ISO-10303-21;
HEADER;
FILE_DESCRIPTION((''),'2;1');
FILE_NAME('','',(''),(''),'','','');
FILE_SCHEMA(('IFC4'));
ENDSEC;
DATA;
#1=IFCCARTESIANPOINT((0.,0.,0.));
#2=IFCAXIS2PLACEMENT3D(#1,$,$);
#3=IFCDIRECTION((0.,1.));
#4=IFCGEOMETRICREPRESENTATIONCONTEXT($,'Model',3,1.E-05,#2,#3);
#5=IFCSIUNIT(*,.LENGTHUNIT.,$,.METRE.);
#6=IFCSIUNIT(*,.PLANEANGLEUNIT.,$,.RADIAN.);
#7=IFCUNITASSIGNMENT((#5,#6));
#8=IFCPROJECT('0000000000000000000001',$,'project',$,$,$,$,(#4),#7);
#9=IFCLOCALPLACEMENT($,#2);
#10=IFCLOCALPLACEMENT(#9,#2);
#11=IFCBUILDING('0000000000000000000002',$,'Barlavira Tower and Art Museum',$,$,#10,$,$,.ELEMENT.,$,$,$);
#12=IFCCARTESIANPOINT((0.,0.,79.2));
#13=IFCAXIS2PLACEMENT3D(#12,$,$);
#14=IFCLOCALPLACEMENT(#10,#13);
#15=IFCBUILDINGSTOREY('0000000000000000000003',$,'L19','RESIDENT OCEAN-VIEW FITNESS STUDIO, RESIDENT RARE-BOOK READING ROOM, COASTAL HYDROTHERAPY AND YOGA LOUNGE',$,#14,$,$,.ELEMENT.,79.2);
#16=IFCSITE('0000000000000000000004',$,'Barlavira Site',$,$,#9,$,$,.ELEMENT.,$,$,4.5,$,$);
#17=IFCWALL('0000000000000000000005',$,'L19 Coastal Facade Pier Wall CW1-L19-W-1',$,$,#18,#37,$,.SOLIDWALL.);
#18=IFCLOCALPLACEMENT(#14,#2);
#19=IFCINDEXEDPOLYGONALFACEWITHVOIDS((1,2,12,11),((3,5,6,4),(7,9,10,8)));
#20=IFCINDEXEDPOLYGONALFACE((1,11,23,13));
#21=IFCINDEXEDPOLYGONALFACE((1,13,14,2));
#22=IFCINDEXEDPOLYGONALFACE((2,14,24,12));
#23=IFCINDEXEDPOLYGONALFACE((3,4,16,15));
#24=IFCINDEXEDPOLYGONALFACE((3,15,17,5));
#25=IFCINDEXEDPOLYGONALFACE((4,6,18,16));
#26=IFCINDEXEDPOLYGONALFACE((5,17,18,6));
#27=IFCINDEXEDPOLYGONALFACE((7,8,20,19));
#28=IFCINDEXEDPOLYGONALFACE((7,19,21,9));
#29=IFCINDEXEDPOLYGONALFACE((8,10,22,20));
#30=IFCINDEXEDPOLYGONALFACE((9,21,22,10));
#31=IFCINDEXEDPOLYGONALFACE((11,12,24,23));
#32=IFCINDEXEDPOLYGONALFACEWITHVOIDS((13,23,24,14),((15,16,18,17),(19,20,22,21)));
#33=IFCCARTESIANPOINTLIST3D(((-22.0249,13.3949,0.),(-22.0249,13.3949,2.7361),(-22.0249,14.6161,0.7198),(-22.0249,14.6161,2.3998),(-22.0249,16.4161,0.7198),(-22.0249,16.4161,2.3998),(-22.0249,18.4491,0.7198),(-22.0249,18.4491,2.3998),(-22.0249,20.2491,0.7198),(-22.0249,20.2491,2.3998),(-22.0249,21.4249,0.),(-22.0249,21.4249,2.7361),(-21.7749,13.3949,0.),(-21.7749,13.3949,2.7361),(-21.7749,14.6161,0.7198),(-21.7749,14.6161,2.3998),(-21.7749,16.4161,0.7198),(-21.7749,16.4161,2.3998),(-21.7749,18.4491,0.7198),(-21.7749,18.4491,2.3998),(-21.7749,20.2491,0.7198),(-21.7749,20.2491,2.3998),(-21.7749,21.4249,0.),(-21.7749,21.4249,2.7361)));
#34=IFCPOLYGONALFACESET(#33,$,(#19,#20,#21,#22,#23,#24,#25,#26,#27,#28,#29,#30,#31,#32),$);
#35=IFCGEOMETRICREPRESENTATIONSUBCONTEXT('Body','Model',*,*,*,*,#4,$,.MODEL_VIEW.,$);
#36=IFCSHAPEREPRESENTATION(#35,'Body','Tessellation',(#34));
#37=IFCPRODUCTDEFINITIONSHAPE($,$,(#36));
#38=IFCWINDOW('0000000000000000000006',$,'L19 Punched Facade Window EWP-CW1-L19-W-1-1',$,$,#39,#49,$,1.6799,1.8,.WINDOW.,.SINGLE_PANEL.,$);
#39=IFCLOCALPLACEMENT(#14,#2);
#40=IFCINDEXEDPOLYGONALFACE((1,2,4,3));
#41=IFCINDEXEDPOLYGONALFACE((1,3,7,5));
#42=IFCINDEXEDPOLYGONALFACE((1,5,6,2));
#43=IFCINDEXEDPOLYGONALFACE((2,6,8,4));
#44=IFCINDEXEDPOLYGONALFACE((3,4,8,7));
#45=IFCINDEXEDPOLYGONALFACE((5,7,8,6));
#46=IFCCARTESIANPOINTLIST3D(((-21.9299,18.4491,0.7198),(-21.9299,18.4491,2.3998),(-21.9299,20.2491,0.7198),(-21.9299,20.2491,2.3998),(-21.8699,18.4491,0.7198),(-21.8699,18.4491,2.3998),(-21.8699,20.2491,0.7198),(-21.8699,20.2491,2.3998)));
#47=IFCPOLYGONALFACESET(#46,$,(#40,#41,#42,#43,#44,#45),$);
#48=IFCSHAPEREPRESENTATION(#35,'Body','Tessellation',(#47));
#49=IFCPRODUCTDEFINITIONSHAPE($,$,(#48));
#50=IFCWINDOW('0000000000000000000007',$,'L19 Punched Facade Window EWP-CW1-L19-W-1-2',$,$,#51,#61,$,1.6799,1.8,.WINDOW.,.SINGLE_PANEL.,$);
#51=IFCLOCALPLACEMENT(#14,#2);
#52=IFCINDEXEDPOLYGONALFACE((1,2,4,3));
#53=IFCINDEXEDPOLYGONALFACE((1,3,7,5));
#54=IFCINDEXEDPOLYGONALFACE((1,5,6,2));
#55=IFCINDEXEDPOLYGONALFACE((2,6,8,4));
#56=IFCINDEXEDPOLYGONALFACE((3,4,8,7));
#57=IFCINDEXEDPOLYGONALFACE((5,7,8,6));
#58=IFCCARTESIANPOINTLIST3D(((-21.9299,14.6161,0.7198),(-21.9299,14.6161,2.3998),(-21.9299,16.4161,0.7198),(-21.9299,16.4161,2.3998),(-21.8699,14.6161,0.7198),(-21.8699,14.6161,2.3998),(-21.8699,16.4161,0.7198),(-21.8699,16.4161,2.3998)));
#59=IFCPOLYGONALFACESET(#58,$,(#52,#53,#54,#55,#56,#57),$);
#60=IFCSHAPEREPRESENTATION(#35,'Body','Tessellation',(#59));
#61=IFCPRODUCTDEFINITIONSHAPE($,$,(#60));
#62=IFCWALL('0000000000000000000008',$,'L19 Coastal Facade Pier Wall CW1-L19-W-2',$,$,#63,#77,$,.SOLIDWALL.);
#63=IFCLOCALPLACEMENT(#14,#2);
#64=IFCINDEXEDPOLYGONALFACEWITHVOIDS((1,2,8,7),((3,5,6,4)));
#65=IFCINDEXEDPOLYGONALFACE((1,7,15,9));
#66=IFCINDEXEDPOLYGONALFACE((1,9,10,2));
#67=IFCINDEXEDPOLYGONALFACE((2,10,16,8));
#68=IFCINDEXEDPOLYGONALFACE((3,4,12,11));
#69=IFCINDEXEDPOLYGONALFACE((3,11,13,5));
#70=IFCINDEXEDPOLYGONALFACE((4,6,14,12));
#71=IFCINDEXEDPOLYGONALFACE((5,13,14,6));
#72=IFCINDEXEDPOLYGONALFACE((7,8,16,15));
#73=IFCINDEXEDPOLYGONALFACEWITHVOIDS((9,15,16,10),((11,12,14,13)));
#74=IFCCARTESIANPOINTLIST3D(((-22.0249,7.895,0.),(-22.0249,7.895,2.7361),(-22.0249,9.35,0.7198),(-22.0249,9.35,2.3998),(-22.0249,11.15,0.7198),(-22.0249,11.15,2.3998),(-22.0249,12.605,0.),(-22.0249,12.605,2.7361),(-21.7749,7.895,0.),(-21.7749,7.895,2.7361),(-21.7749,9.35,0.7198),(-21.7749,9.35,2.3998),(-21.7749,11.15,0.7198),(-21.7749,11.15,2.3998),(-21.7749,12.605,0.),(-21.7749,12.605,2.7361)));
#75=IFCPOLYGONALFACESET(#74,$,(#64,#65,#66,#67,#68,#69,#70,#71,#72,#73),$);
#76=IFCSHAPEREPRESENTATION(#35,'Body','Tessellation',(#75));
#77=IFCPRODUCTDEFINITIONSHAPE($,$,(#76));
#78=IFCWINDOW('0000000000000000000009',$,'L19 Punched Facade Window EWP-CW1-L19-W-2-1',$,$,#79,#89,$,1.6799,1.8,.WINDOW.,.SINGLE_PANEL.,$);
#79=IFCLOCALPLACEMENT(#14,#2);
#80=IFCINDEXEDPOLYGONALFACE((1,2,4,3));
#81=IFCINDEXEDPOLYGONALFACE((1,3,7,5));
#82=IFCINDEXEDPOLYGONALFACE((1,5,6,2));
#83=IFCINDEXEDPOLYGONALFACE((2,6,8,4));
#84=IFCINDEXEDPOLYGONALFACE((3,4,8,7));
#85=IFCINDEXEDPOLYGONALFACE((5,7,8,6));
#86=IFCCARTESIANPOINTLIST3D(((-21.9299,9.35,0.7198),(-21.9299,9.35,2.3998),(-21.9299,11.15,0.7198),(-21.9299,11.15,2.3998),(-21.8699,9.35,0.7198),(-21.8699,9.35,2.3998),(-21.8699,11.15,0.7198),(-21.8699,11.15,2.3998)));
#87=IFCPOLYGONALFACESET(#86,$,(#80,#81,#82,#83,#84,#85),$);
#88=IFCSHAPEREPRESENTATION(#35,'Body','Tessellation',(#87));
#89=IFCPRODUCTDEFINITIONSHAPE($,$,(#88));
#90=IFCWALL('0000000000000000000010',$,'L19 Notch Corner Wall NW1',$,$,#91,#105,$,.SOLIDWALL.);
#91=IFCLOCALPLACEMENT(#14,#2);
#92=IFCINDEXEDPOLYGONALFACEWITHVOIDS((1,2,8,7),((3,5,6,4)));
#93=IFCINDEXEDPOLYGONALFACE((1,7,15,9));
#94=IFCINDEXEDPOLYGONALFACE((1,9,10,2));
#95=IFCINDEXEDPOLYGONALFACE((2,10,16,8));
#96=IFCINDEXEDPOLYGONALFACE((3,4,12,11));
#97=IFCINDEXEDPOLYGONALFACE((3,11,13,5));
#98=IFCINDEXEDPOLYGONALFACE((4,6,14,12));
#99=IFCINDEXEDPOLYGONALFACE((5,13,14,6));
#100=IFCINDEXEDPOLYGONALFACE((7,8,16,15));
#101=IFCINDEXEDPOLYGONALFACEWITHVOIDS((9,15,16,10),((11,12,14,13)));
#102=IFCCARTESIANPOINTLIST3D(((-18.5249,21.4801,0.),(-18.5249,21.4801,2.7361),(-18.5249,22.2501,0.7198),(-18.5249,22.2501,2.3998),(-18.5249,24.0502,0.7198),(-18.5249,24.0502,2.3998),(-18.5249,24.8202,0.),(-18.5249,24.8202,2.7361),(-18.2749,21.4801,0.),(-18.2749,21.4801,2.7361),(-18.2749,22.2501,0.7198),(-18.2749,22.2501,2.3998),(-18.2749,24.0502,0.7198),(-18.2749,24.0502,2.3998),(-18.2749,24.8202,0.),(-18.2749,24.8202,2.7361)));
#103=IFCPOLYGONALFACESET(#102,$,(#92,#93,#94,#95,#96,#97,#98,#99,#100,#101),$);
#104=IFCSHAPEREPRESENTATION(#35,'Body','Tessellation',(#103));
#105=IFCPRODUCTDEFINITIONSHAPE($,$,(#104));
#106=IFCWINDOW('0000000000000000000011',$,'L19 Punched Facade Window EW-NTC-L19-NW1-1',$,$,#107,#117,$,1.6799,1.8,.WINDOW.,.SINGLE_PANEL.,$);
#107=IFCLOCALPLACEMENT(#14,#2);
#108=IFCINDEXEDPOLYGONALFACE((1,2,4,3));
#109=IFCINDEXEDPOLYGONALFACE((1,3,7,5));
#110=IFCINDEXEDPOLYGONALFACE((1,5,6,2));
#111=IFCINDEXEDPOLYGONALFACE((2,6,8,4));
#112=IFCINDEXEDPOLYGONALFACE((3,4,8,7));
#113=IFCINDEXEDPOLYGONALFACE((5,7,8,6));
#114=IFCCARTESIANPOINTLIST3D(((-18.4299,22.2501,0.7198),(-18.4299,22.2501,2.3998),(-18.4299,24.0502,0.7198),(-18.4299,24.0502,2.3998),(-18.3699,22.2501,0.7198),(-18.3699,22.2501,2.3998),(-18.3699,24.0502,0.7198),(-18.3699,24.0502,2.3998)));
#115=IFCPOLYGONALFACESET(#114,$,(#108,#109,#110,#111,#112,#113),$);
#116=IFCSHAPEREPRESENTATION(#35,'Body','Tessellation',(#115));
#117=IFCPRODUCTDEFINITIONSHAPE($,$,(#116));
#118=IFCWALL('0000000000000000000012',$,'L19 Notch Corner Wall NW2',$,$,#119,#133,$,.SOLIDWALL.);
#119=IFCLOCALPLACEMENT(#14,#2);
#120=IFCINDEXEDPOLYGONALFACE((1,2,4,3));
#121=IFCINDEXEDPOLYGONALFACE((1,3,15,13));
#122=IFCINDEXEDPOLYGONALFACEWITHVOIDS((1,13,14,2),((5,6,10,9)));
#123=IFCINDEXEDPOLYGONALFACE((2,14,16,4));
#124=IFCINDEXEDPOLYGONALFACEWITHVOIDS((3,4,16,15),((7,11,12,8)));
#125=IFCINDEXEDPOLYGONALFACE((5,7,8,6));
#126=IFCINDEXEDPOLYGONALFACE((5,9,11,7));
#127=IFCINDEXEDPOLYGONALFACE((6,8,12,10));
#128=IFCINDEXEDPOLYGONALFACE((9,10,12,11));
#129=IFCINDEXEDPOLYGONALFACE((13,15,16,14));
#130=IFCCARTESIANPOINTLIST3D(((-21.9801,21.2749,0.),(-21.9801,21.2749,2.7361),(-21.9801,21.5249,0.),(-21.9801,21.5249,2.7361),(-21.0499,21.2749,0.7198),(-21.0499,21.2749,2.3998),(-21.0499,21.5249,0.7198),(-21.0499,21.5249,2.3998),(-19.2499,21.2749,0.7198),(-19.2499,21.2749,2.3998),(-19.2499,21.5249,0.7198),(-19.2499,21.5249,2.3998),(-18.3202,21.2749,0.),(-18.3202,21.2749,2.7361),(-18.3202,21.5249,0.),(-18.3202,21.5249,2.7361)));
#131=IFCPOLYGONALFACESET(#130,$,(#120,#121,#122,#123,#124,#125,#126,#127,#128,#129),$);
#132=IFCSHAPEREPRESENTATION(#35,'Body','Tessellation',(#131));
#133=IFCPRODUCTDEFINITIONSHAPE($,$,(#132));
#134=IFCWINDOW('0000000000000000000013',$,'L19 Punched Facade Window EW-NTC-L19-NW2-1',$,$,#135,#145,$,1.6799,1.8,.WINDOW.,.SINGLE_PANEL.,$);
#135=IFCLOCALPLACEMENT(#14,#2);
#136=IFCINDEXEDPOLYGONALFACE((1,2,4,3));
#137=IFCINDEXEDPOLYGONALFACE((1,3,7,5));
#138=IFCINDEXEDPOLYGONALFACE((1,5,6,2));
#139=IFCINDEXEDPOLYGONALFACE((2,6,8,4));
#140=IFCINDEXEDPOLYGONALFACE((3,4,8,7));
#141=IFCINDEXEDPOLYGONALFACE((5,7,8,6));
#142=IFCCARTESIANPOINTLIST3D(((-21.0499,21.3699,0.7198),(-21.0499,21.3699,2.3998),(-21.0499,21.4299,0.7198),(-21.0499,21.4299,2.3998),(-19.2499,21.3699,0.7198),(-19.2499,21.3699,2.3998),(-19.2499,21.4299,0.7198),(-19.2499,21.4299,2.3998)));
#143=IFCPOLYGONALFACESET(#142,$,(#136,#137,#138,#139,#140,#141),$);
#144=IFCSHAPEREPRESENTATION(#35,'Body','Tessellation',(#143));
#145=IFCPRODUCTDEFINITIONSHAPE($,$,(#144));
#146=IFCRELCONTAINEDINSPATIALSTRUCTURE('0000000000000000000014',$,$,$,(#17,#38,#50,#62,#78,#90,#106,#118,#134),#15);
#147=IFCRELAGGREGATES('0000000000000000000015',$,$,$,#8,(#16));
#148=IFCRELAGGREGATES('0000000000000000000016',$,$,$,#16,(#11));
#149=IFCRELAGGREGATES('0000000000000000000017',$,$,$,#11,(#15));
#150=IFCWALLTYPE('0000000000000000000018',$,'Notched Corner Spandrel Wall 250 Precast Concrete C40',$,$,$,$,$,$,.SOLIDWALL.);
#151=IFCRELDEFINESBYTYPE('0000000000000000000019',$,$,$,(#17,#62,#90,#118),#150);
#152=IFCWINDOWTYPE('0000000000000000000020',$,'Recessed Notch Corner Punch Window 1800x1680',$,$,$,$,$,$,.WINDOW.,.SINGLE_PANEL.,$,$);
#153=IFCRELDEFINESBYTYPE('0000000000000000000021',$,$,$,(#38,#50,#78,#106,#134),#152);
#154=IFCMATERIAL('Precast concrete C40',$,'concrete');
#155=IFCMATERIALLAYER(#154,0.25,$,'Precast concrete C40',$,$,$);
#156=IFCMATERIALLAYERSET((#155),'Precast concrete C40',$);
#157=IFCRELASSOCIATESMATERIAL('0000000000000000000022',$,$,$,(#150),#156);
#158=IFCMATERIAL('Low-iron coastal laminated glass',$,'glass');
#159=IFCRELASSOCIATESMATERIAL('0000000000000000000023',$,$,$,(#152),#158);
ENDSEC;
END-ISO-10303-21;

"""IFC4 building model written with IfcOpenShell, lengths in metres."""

from ifc_helpers import new_model, si_unit, direction, frame, frame_2d, origin, place, context, subcontext, project, spatial, rectangle, extrude, material, layer, layer_set, type_object, element, fill, save


model = new_model("IFC4")

# Units and contexts
model_context = context("Model", 3, precision=1e-05, world=origin(), true_north=direction((0.0, 1.0)))
body_context = subcontext(model_context, "Body", "Model", "MODEL_VIEW")
ifc_project = project(units=[si_unit("LENGTHUNIT", "METRE"), si_unit("PLANEANGLEUNIT", "RADIAN")], contexts=[model_context])

# Site, building, storey
site_placement = place(None, origin())
site = spatial("IfcSite", under=ifc_project, at=site_placement, Name="Barlavira Site", CompositionType="ELEMENT", RefElevation=4.5)
building_placement = place(site_placement, origin())
building = spatial("IfcBuilding", under=site, at=building_placement, Name="Barlavira Tower and Art Museum", CompositionType="ELEMENT")
storey_placement = place(building_placement, frame((0.0, 0.0, 79.2)))
storey = spatial("IfcBuildingStorey", under=building, at=storey_placement, Name="L19", Description="RESIDENT OCEAN-VIEW FITNESS STUDIO, RESIDENT RARE-BOOK READING ROOM, COASTAL HYDROTHERAPY AND YOGA LOUNGE", CompositionType="ELEMENT", Elevation=79.2)

# Shared definitions
ifc_material_1 = material(Name="Precast concrete C40", Category="concrete")
ifc_layer_1 = layer(ifc_material_1, 0.25, Name="Precast concrete C40")
ifc_layer_set_1 = layer_set([ifc_layer_1], Name="Precast concrete C40")
wall_type_1 = type_object("IfcWallType", Name="Notched Corner Spandrel Wall 250 Precast Concrete C40", PredefinedType="SOLIDWALL", material=ifc_layer_set_1)
ifc_material_2 = material(Name="Low-iron coastal laminated glass", Category="glass")
window_type = type_object("IfcWindowType", Name="Recessed Notch Corner Punch Window 1800x1680", PartitioningType="SINGLE_PANEL", PredefinedType="WINDOW", material=ifc_material_2)

# Wall, openings, windows
wall_1_placement = place(storey_placement, frame((-21.8999, 21.425, 0.0), z_axis=(0.0, 0.0, 1.0), x_axis=(0.0, -1.0, 0.0)))
wall_1 = element("IfcWall", 1, at=wall_1_placement, inside=storey, type_object=wall_type_1, Name="L19 Coastal Facade Pier Wall CW1-L19-W-1", PredefinedType="SOLIDWALL", context=body_context, shape_type="SweptSolid", body=[
    extrude(rectangle(XDim=8.03, YDim=0.25, at=frame_2d((4.0151, 0.0))), origin(), (0.0, 0.0, 1.0), 2.7361),
])
opening_1_placement = place(wall_1_placement, frame((1.176, 0.0, 0.72)))
opening_1 = element("IfcOpeningElement", 2, at=opening_1_placement, cuts=wall_1, PredefinedType="OPENING", context=body_context, shape_type="SweptSolid", body=[
    extrude(rectangle(XDim=1.8, YDim=1.6799, at=frame_2d((0.8999, 0.8398))), frame((0.0, 0.135, 0.0), z_axis=(0.0, -1.0, 0.0), x_axis=(1.0, 0.0, 0.0)), (0.0, 0.0, 1.0), 0.27),
])
opening_2_placement = place(wall_1_placement, frame((5.009, 0.0, 0.72)))
opening_2 = element("IfcOpeningElement", 3, at=opening_2_placement, cuts=wall_1, PredefinedType="OPENING", context=body_context, shape_type="SweptSolid", body=[
    extrude(rectangle(XDim=1.8, YDim=1.6799, at=frame_2d((0.8999, 0.8398))), frame((0.0, 0.135, 0.0), z_axis=(0.0, -1.0, 0.0), x_axis=(1.0, 0.0, 0.0)), (0.0, 0.0, 1.0), 0.27),
])
window_1_placement = place(opening_1_placement, origin())
window_1 = element("IfcWindow", 4, at=window_1_placement, inside=storey, type_object=window_type, Name="L19 Punched Facade Window EWP-CW1-L19-W-1-1", OverallHeight=1.6799, OverallWidth=1.8, PartitioningType="SINGLE_PANEL", PredefinedType="WINDOW", context=body_context, shape_type="SweptSolid", body=[
    extrude(rectangle(XDim=1.8, YDim=1.6799, at=frame_2d((0.8999, 0.8398))), frame((0.0, 0.03, 0.0), z_axis=(0.0, -1.0, 0.0), x_axis=(1.0, 0.0, 0.0)), (0.0, 0.0, 1.0), 0.0601),
])
fill(opening_1, window_1)
window_2_placement = place(opening_2_placement, origin())
window_2 = element("IfcWindow", 5, at=window_2_placement, inside=storey, type_object=window_type, Name="L19 Punched Facade Window EWP-CW1-L19-W-1-2", OverallHeight=1.6799, OverallWidth=1.8, PartitioningType="SINGLE_PANEL", PredefinedType="WINDOW", context=body_context, shape_type="SweptSolid", body=[
    extrude(rectangle(XDim=1.8, YDim=1.6799, at=frame_2d((0.8999, 0.8398))), frame((0.0, 0.03, 0.0), z_axis=(0.0, -1.0, 0.0), x_axis=(1.0, 0.0, 0.0)), (0.0, 0.0, 1.0), 0.0601),
])
fill(opening_2, window_2)

# Walls, openings, windows
wall_2_placement = place(storey_placement, frame((-21.8999, 12.605, 0.0), z_axis=(0.0, 0.0, 1.0), x_axis=(0.0, -1.0, 0.0)))
wall_2 = element("IfcWall", 6, at=wall_2_placement, inside=storey, type_object=wall_type_1, Name="L19 Coastal Facade Pier Wall CW1-L19-W-2", PredefinedType="SOLIDWALL", context=body_context, shape_type="SweptSolid", body=[
    extrude(rectangle(XDim=4.71, YDim=0.25, at=frame_2d((2.355, 0.0))), origin(), (0.0, 0.0, 1.0), 2.7361),
])
opening_3_placement = place(wall_2_placement, frame((1.4551, 0.0, 0.72)))
opening_3 = element("IfcOpeningElement", 7, at=opening_3_placement, cuts=wall_2, PredefinedType="OPENING", context=body_context, shape_type="SweptSolid", body=[
    extrude(rectangle(XDim=1.8, YDim=1.6799, at=frame_2d((0.8999, 0.8398))), frame((0.0, 0.135, 0.0), z_axis=(0.0, -1.0, 0.0), x_axis=(1.0, 0.0, 0.0)), (0.0, 0.0, 1.0), 0.27),
])
window_3_placement = place(opening_3_placement, origin())
window_3 = element("IfcWindow", 8, at=window_3_placement, inside=storey, type_object=window_type, Name="L19 Punched Facade Window EWP-CW1-L19-W-2-1", OverallHeight=1.6799, OverallWidth=1.8, PartitioningType="SINGLE_PANEL", PredefinedType="WINDOW", context=body_context, shape_type="SweptSolid", body=[
    extrude(rectangle(XDim=1.8, YDim=1.6799, at=frame_2d((0.8999, 0.8398))), frame((0.0, 0.03, 0.0), z_axis=(0.0, -1.0, 0.0), x_axis=(1.0, 0.0, 0.0)), (0.0, 0.0, 1.0), 0.0601),
])
fill(opening_3, window_3)
wall_3_placement = place(storey_placement, frame((-18.3999, 24.8201, 0.0), z_axis=(0.0, 0.0, 1.0), x_axis=(0.0, -1.0, 0.0)))
wall_3 = element("IfcWall", 9, at=wall_3_placement, inside=storey, type_object=wall_type_1, Name="L19 Notch Corner Wall NW1", PredefinedType="SOLIDWALL", context=body_context, shape_type="SweptSolid", body=[
    extrude(rectangle(XDim=3.3401, YDim=0.25, at=frame_2d((1.6699, 0.0))), origin(), (0.0, 0.0, 1.0), 2.7361),
])
opening_4_placement = place(wall_3_placement, frame((0.77, 0.0, 0.72)))
opening_4 = element("IfcOpeningElement", 10, at=opening_4_placement, cuts=wall_3, PredefinedType="OPENING", context=body_context, shape_type="SweptSolid", body=[
    extrude(rectangle(XDim=1.8, YDim=1.6799, at=frame_2d((0.8999, 0.8398))), frame((0.0, 0.135, 0.0), z_axis=(0.0, -1.0, 0.0), x_axis=(1.0, 0.0, 0.0)), (0.0, 0.0, 1.0), 0.27),
])
window_4_placement = place(opening_4_placement, origin())
window_4 = element("IfcWindow", 11, at=window_4_placement, inside=storey, type_object=window_type, Name="L19 Punched Facade Window EW-NTC-L19-NW1-1", OverallHeight=1.6799, OverallWidth=1.8, PartitioningType="SINGLE_PANEL", PredefinedType="WINDOW", context=body_context, shape_type="SweptSolid", body=[
    extrude(rectangle(XDim=1.8, YDim=1.6799, at=frame_2d((0.8999, 0.8398))), frame((0.0, 0.03, 0.0), z_axis=(0.0, -1.0, 0.0), x_axis=(1.0, 0.0, 0.0)), (0.0, 0.0, 1.0), 0.0601),
])
fill(opening_4, window_4)
wall_4_placement = place(storey_placement, frame((-18.3201, 21.3999, 0.0), z_axis=(0.0, 0.0, 1.0), x_axis=(-1.0, 0.0, 0.0)))
wall_4 = element("IfcWall", 12, at=wall_4_placement, inside=storey, type_object=wall_type_1, Name="L19 Notch Corner Wall NW2", PredefinedType="SOLIDWALL", context=body_context, shape_type="SweptSolid", body=[
    extrude(rectangle(XDim=3.6599, YDim=0.25, at=frame_2d((1.8301, 0.0))), origin(), (0.0, 0.0, 1.0), 2.7361),
])
opening_5_placement = place(wall_4_placement, frame((0.9299, 0.0, 0.72)))
opening_5 = element("IfcOpeningElement", 13, at=opening_5_placement, cuts=wall_4, PredefinedType="OPENING", context=body_context, shape_type="SweptSolid", body=[
    extrude(rectangle(XDim=1.8, YDim=1.6799, at=frame_2d((0.8999, 0.8398))), frame((0.0, 0.135, 0.0), z_axis=(0.0, -1.0, 0.0), x_axis=(1.0, 0.0, 0.0)), (0.0, 0.0, 1.0), 0.27),
])
window_5_placement = place(opening_5_placement, origin())
window_5 = element("IfcWindow", 14, at=window_5_placement, inside=storey, type_object=window_type, Name="L19 Punched Facade Window EW-NTC-L19-NW2-1", OverallHeight=1.6799, OverallWidth=1.8, PartitioningType="SINGLE_PANEL", PredefinedType="WINDOW", context=body_context, shape_type="SweptSolid", body=[
    extrude(rectangle(XDim=1.8, YDim=1.6799, at=frame_2d((0.8999, 0.8398))), frame((0.0, 0.03, 0.0), z_axis=(0.0, -1.0, 0.0), x_axis=(1.0, 0.0, 0.0)), (0.0, 0.0, 1.0), 0.0601),
])
fill(opening_5, window_5)

save(model, "model.ifc")
